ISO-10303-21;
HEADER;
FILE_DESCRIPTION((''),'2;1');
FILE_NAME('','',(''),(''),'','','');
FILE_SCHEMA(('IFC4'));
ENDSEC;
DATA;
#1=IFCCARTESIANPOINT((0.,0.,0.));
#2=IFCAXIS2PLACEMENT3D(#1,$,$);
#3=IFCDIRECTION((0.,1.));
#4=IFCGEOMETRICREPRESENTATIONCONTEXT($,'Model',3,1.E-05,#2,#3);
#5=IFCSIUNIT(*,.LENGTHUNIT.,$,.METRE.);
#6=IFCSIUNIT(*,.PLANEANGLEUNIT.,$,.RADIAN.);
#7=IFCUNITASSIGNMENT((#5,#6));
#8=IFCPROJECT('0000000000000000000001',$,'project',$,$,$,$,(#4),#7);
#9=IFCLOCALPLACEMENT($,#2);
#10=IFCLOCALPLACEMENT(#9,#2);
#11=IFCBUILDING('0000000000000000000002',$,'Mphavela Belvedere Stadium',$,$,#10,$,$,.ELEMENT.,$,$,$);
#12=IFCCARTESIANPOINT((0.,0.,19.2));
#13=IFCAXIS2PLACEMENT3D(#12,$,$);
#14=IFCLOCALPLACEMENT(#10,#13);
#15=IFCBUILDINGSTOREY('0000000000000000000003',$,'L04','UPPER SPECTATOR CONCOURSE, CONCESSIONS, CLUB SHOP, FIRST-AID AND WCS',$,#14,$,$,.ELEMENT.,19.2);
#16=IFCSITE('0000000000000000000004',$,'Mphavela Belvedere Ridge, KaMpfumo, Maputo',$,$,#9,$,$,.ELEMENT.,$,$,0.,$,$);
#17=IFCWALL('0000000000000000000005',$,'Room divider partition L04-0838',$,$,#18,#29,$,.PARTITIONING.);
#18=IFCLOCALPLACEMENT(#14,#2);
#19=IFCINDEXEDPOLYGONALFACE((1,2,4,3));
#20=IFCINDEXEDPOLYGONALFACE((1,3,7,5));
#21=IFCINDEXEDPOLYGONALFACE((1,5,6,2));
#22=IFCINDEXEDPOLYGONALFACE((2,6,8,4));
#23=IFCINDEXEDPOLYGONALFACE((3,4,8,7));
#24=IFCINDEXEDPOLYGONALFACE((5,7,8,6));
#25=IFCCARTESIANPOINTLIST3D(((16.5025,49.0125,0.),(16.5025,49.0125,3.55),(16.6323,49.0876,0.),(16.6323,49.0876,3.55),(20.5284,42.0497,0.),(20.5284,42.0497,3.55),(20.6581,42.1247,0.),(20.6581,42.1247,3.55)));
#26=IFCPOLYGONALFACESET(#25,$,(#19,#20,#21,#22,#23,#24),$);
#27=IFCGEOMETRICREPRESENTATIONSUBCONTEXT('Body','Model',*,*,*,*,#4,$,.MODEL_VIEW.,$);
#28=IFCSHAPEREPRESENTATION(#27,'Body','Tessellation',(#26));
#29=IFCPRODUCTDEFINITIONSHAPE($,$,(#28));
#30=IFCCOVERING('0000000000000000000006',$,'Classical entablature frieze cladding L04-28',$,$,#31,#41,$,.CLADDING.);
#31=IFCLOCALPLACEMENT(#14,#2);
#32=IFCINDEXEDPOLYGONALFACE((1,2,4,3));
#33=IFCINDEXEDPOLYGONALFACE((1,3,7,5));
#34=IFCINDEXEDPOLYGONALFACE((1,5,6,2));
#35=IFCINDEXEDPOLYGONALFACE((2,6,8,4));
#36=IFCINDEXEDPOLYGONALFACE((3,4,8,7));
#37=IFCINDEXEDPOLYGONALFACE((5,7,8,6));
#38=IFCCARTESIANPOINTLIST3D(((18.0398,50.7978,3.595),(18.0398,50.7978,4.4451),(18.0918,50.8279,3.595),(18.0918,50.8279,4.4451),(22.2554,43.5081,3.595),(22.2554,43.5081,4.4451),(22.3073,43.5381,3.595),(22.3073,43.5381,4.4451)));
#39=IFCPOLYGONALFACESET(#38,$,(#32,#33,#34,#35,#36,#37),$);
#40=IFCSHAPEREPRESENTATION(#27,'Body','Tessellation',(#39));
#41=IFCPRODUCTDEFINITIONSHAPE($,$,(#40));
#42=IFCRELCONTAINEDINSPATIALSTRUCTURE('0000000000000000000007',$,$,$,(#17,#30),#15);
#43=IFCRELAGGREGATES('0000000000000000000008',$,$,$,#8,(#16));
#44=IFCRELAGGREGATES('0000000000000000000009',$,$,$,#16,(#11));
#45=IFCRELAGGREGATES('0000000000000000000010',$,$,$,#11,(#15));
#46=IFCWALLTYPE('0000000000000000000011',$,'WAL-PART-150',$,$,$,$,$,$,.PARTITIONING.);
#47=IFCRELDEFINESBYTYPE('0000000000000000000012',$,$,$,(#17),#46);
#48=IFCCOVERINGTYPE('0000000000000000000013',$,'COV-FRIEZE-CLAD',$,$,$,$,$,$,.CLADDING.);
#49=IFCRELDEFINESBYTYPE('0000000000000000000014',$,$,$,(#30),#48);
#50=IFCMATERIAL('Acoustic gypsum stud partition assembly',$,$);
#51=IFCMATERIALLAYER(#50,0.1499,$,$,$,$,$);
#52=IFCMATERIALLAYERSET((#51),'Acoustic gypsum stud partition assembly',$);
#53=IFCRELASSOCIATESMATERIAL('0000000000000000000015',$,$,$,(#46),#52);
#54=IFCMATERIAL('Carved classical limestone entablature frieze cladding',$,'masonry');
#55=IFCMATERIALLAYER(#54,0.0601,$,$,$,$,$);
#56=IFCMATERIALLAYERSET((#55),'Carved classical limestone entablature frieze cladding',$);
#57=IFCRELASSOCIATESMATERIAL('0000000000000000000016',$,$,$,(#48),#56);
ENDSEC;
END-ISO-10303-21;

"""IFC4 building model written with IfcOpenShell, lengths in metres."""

from ifc_helpers import new_model, si_unit, direction, frame, frame_2d, origin, origin_2d, place, context, subcontext, project, spatial, rectangle, extrude, material, layer, layer_set, type_object, element, save


model = new_model("IFC4")

# Units and contexts
model_context = context("Model", 3, precision=1e-05, world=origin(), true_north=direction((0.0, 1.0)))
body_context = subcontext(model_context, "Body", "Model", "MODEL_VIEW")
ifc_project = project(units=[si_unit("LENGTHUNIT", "METRE"), si_unit("PLANEANGLEUNIT", "RADIAN")], contexts=[model_context])

# Site, building, storey
site_placement = place(None, origin())
site = spatial("IfcSite", under=ifc_project, at=site_placement, Name="Mphavela Belvedere Ridge, KaMpfumo, Maputo", CompositionType="ELEMENT", RefElevation=0.0)
building_placement = place(site_placement, origin())
building = spatial("IfcBuilding", under=site, at=building_placement, Name="Mphavela Belvedere Stadium", CompositionType="ELEMENT")
storey_placement = place(building_placement, frame((0.0, 0.0, 19.2)))
storey = spatial("IfcBuildingStorey", under=building, at=storey_placement, Name="L04", Description="UPPER SPECTATOR CONCOURSE, CONCESSIONS, CLUB SHOP, FIRST-AID AND WCS", CompositionType="ELEMENT", Elevation=19.2)

# Wall
ifc_material_1 = material(Name="Acoustic gypsum stud partition assembly")
ifc_layer_1 = layer(ifc_material_1, 0.1499)
ifc_layer_set_1 = layer_set([ifc_layer_1], Name="Acoustic gypsum stud partition assembly")
wall_type = type_object("IfcWallType", Name="WAL-PART-150", PredefinedType="PARTITIONING", material=ifc_layer_set_1)
wall_placement = place(storey_placement, frame((16.5674, 49.05, 0.0), z_axis=(0.0, 0.0, 1.0), x_axis=(0.500546, -0.86571, 0.0)))
element("IfcWall", 1, at=wall_placement, inside=storey, type_object=wall_type, Name="Room divider partition L04-0838", PredefinedType="PARTITIONING", context=body_context, shape_type="SweptSolid", body=[
    extrude(rectangle(XDim=8.043, YDim=0.1499, at=frame_2d((4.0215, 0.0))), origin(), (0.0, 0.0, 1.0), 3.55),
])

# Covering
ifc_material_2 = material(Name="Carved classical limestone entablature frieze cladding", Category="masonry")
ifc_layer_2 = layer(ifc_material_2, 0.0601)
ifc_layer_set_2 = layer_set([ifc_layer_2], Name="Carved classical limestone entablature frieze cladding")
covering_type = type_object("IfcCoveringType", Name="COV-FRIEZE-CLAD", PredefinedType="CLADDING", material=ifc_layer_set_2)
covering_placement = place(storey_placement, frame((20.1736, 47.168, 3.595), z_axis=(0.0, 0.0, 1.0), x_axis=(0.500604, -0.865676, 0.0)))
element("IfcCovering", 2, at=covering_placement, inside=storey, type_object=covering_type, Name="Classical entablature frieze cladding L04-28", PredefinedType="CLADDING", context=body_context, shape_type="SweptSolid", body=[
    extrude(rectangle(XDim=8.4209, YDim=0.0601, at=origin_2d()), origin(), (0.0, 0.0, 1.0), 0.8501),
])

save(model, "model.ifc")
